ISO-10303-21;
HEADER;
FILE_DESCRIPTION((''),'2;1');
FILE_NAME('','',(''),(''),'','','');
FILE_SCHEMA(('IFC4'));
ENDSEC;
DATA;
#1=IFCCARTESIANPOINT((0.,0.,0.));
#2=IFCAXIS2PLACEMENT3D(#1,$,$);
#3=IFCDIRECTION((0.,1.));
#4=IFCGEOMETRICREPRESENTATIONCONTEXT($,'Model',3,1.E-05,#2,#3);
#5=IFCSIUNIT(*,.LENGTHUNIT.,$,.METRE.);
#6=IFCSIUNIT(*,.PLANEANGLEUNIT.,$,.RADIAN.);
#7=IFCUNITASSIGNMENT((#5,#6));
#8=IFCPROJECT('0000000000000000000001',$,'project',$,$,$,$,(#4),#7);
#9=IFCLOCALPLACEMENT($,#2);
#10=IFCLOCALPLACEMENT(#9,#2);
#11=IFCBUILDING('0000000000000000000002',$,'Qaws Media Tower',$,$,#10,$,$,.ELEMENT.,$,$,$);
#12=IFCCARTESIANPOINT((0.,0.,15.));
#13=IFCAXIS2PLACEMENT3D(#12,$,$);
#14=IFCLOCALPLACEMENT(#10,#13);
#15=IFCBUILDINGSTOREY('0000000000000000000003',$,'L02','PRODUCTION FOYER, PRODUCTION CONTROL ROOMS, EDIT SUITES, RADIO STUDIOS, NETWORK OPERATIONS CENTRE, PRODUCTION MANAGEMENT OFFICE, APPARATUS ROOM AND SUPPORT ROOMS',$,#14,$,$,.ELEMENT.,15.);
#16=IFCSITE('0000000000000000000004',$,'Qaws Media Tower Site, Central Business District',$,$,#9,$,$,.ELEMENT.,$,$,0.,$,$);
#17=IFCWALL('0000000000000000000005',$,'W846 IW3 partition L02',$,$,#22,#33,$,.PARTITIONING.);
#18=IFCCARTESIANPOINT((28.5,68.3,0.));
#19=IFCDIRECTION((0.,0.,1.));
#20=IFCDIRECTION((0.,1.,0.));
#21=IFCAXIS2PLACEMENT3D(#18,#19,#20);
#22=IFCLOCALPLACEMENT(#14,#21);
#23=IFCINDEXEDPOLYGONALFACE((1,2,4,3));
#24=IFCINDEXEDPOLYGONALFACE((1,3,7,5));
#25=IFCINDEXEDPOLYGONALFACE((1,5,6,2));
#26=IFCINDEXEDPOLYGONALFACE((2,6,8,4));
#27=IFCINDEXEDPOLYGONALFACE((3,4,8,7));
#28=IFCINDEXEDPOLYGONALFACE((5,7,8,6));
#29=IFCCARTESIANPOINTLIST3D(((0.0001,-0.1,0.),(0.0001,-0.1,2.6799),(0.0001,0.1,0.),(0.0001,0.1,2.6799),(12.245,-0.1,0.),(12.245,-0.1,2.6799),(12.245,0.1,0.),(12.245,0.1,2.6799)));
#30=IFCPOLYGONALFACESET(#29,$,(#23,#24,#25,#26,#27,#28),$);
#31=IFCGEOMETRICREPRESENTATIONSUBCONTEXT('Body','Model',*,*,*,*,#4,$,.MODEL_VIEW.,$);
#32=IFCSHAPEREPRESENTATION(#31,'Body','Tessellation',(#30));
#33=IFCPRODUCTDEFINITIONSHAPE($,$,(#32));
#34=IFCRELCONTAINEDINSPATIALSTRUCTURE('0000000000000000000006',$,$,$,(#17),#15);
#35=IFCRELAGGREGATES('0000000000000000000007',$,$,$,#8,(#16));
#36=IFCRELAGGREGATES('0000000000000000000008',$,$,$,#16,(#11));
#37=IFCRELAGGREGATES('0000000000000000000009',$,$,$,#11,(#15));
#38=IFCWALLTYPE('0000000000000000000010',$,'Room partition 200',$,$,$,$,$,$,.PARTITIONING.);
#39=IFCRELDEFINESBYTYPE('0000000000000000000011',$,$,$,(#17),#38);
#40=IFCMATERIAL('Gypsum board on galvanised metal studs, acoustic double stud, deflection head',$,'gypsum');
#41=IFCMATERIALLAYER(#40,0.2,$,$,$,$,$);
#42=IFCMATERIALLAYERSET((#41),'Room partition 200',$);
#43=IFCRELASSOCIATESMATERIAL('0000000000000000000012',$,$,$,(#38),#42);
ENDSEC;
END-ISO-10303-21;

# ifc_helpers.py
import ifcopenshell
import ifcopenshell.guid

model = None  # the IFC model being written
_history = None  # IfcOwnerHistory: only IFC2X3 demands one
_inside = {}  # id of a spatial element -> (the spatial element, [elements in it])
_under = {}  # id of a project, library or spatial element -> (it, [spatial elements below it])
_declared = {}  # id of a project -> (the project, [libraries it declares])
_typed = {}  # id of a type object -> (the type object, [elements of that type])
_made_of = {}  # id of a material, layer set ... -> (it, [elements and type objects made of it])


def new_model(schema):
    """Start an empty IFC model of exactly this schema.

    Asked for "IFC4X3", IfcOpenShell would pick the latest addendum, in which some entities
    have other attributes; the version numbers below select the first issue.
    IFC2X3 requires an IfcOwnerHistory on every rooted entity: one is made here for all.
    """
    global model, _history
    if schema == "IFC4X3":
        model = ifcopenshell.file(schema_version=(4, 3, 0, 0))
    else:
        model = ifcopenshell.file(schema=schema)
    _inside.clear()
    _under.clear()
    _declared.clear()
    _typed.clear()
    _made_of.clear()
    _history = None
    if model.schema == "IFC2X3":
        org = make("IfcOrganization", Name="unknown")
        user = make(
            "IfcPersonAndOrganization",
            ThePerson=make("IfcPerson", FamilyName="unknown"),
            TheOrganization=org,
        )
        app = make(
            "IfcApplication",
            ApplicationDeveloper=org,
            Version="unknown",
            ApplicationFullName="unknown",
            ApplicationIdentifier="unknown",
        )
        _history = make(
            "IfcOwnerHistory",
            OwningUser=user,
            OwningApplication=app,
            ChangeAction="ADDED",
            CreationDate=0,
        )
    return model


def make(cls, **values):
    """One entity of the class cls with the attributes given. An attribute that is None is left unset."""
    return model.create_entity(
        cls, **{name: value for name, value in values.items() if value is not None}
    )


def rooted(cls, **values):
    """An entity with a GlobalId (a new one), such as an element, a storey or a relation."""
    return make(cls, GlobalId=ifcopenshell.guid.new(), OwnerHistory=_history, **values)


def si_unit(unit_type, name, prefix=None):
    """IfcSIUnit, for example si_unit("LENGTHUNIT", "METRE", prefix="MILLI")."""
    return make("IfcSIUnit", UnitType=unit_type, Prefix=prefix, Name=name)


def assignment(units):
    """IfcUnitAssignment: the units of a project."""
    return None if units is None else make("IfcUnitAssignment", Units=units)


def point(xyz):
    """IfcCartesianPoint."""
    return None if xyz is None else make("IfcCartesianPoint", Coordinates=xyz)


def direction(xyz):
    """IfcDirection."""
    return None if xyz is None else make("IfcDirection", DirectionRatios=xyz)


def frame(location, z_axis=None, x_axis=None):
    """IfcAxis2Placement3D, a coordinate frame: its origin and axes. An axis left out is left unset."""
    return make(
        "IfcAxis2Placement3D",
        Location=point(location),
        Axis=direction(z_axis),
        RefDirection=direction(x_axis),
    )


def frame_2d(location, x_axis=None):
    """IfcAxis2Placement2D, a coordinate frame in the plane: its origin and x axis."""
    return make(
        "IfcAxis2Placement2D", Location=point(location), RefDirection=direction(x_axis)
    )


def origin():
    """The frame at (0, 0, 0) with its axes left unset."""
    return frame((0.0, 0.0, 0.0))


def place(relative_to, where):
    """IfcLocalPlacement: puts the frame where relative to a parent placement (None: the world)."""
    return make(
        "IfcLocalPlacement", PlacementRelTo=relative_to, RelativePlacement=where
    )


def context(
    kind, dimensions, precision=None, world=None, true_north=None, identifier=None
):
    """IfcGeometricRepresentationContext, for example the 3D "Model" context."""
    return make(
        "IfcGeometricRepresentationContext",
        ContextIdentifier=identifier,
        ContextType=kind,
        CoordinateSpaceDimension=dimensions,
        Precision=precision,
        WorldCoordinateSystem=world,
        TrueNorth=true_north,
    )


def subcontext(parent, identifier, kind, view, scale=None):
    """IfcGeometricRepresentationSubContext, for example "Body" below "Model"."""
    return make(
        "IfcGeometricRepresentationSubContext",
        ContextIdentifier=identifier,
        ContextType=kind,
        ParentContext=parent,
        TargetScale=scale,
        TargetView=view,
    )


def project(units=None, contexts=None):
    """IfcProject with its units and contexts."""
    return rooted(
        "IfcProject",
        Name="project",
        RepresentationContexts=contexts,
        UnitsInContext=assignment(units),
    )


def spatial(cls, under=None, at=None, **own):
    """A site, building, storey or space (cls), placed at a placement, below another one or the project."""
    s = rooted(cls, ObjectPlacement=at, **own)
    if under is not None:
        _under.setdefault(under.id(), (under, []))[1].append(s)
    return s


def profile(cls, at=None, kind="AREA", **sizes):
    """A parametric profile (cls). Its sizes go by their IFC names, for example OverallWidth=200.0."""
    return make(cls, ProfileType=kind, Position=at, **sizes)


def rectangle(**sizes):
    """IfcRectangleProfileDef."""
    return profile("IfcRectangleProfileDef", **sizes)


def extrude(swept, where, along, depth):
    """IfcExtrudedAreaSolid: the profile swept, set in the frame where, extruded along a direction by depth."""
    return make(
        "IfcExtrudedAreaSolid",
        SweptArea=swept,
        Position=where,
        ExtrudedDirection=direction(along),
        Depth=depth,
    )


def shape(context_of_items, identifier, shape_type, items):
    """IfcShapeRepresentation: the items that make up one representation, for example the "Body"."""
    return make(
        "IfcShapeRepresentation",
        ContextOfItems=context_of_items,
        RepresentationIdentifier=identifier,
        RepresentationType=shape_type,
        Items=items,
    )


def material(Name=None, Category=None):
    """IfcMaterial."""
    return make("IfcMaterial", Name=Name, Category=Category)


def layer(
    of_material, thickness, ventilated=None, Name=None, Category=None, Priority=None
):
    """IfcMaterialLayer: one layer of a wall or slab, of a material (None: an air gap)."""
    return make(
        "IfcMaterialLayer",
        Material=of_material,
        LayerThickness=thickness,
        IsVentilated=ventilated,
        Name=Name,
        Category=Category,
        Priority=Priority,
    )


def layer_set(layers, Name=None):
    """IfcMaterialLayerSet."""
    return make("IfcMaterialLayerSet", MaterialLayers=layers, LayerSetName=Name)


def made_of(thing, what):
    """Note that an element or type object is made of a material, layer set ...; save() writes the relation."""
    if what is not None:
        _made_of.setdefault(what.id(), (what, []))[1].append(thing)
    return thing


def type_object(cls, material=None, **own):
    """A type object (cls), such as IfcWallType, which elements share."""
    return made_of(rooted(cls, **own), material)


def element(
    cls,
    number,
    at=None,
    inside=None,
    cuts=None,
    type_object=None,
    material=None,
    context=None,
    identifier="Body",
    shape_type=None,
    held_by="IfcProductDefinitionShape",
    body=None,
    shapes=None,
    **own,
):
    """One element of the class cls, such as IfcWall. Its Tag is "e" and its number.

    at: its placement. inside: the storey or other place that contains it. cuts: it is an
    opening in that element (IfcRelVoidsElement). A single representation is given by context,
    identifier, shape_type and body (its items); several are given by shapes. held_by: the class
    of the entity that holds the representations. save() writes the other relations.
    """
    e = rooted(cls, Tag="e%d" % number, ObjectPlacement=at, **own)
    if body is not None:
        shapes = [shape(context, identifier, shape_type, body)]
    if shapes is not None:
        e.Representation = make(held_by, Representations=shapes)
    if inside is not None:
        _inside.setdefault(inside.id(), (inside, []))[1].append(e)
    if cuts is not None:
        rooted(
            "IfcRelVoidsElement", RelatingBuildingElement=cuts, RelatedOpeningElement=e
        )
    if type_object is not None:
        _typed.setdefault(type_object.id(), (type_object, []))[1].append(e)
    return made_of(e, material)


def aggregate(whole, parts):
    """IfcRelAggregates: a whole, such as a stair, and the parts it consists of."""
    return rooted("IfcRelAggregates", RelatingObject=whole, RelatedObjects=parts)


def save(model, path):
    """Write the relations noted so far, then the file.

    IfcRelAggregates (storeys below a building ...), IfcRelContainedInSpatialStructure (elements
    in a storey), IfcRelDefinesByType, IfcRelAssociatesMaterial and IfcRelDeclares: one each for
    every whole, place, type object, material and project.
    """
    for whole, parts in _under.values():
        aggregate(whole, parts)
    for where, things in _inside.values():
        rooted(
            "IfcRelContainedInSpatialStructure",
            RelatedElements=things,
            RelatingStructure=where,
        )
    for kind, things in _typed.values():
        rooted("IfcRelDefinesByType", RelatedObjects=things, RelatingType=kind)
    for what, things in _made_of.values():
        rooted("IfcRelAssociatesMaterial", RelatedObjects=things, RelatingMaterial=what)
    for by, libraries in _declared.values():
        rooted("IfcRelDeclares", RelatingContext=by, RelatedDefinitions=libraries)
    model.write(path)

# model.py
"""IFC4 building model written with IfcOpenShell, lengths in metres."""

from ifc_helpers import new_model, si_unit, direction, frame, frame_2d, origin, place, context, subcontext, project, spatial, rectangle, extrude, material, layer, layer_set, type_object, element, save


model = new_model("IFC4")

# Units and contexts
model_context = context("Model", 3, precision=1e-05, world=origin(), true_north=direction((0.0, 1.0)))
body_context = subcontext(model_context, "Body", "Model", "MODEL_VIEW")
ifc_project = project(units=[si_unit("LENGTHUNIT", "METRE"), si_unit("PLANEANGLEUNIT", "RADIAN")], contexts=[model_context])

# Site, building, storey
site_placement = place(None, origin())
site = spatial("IfcSite", under=ifc_project, at=site_placement, Name="Qaws Media Tower Site, Central Business District", CompositionType="ELEMENT", RefElevation=0.0)
building_placement = place(site_placement, origin())
building = spatial("IfcBuilding", under=site, at=building_placement, Name="Qaws Media Tower", CompositionType="ELEMENT")
storey_placement = place(building_placement, frame((0.0, 0.0, 15.0)))
storey = spatial("IfcBuildingStorey", under=building, at=storey_placement, Name="L02", Description="PRODUCTION FOYER, PRODUCTION CONTROL ROOMS, EDIT SUITES, RADIO STUDIOS, NETWORK OPERATIONS CENTRE, PRODUCTION MANAGEMENT OFFICE, APPARATUS ROOM AND SUPPORT ROOMS", CompositionType="ELEMENT", Elevation=15.0)

# Wall
ifc_material_1 = material(Name="Gypsum board on galvanised metal studs, acoustic double stud, deflection head", Category="gypsum")
ifc_layer_1 = layer(ifc_material_1, 0.2)
ifc_layer_set_1 = layer_set([ifc_layer_1], Name="Room partition 200")
wall_type_1 = type_object("IfcWallType", Name="Room partition 200", PredefinedType="PARTITIONING", material=ifc_layer_set_1)
wall_1_placement = place(storey_placement, frame((28.5, 68.3, 0.0), z_axis=(0.0, 0.0, 1.0), x_axis=(0.0, 1.0, 0.0)))
element("IfcWall", 1, at=wall_1_placement, inside=storey, type_object=wall_type_1, Name="W846 IW3 partition L02", PredefinedType="PARTITIONING", context=body_context, shape_type="SweptSolid", body=[
    extrude(rectangle(XDim=12.2449, YDim=0.2, at=frame_2d((6.1226, 0.0))), origin(), (0.0, 0.0, 1.0), 2.6799),
])

save(model, "model.ifc")
